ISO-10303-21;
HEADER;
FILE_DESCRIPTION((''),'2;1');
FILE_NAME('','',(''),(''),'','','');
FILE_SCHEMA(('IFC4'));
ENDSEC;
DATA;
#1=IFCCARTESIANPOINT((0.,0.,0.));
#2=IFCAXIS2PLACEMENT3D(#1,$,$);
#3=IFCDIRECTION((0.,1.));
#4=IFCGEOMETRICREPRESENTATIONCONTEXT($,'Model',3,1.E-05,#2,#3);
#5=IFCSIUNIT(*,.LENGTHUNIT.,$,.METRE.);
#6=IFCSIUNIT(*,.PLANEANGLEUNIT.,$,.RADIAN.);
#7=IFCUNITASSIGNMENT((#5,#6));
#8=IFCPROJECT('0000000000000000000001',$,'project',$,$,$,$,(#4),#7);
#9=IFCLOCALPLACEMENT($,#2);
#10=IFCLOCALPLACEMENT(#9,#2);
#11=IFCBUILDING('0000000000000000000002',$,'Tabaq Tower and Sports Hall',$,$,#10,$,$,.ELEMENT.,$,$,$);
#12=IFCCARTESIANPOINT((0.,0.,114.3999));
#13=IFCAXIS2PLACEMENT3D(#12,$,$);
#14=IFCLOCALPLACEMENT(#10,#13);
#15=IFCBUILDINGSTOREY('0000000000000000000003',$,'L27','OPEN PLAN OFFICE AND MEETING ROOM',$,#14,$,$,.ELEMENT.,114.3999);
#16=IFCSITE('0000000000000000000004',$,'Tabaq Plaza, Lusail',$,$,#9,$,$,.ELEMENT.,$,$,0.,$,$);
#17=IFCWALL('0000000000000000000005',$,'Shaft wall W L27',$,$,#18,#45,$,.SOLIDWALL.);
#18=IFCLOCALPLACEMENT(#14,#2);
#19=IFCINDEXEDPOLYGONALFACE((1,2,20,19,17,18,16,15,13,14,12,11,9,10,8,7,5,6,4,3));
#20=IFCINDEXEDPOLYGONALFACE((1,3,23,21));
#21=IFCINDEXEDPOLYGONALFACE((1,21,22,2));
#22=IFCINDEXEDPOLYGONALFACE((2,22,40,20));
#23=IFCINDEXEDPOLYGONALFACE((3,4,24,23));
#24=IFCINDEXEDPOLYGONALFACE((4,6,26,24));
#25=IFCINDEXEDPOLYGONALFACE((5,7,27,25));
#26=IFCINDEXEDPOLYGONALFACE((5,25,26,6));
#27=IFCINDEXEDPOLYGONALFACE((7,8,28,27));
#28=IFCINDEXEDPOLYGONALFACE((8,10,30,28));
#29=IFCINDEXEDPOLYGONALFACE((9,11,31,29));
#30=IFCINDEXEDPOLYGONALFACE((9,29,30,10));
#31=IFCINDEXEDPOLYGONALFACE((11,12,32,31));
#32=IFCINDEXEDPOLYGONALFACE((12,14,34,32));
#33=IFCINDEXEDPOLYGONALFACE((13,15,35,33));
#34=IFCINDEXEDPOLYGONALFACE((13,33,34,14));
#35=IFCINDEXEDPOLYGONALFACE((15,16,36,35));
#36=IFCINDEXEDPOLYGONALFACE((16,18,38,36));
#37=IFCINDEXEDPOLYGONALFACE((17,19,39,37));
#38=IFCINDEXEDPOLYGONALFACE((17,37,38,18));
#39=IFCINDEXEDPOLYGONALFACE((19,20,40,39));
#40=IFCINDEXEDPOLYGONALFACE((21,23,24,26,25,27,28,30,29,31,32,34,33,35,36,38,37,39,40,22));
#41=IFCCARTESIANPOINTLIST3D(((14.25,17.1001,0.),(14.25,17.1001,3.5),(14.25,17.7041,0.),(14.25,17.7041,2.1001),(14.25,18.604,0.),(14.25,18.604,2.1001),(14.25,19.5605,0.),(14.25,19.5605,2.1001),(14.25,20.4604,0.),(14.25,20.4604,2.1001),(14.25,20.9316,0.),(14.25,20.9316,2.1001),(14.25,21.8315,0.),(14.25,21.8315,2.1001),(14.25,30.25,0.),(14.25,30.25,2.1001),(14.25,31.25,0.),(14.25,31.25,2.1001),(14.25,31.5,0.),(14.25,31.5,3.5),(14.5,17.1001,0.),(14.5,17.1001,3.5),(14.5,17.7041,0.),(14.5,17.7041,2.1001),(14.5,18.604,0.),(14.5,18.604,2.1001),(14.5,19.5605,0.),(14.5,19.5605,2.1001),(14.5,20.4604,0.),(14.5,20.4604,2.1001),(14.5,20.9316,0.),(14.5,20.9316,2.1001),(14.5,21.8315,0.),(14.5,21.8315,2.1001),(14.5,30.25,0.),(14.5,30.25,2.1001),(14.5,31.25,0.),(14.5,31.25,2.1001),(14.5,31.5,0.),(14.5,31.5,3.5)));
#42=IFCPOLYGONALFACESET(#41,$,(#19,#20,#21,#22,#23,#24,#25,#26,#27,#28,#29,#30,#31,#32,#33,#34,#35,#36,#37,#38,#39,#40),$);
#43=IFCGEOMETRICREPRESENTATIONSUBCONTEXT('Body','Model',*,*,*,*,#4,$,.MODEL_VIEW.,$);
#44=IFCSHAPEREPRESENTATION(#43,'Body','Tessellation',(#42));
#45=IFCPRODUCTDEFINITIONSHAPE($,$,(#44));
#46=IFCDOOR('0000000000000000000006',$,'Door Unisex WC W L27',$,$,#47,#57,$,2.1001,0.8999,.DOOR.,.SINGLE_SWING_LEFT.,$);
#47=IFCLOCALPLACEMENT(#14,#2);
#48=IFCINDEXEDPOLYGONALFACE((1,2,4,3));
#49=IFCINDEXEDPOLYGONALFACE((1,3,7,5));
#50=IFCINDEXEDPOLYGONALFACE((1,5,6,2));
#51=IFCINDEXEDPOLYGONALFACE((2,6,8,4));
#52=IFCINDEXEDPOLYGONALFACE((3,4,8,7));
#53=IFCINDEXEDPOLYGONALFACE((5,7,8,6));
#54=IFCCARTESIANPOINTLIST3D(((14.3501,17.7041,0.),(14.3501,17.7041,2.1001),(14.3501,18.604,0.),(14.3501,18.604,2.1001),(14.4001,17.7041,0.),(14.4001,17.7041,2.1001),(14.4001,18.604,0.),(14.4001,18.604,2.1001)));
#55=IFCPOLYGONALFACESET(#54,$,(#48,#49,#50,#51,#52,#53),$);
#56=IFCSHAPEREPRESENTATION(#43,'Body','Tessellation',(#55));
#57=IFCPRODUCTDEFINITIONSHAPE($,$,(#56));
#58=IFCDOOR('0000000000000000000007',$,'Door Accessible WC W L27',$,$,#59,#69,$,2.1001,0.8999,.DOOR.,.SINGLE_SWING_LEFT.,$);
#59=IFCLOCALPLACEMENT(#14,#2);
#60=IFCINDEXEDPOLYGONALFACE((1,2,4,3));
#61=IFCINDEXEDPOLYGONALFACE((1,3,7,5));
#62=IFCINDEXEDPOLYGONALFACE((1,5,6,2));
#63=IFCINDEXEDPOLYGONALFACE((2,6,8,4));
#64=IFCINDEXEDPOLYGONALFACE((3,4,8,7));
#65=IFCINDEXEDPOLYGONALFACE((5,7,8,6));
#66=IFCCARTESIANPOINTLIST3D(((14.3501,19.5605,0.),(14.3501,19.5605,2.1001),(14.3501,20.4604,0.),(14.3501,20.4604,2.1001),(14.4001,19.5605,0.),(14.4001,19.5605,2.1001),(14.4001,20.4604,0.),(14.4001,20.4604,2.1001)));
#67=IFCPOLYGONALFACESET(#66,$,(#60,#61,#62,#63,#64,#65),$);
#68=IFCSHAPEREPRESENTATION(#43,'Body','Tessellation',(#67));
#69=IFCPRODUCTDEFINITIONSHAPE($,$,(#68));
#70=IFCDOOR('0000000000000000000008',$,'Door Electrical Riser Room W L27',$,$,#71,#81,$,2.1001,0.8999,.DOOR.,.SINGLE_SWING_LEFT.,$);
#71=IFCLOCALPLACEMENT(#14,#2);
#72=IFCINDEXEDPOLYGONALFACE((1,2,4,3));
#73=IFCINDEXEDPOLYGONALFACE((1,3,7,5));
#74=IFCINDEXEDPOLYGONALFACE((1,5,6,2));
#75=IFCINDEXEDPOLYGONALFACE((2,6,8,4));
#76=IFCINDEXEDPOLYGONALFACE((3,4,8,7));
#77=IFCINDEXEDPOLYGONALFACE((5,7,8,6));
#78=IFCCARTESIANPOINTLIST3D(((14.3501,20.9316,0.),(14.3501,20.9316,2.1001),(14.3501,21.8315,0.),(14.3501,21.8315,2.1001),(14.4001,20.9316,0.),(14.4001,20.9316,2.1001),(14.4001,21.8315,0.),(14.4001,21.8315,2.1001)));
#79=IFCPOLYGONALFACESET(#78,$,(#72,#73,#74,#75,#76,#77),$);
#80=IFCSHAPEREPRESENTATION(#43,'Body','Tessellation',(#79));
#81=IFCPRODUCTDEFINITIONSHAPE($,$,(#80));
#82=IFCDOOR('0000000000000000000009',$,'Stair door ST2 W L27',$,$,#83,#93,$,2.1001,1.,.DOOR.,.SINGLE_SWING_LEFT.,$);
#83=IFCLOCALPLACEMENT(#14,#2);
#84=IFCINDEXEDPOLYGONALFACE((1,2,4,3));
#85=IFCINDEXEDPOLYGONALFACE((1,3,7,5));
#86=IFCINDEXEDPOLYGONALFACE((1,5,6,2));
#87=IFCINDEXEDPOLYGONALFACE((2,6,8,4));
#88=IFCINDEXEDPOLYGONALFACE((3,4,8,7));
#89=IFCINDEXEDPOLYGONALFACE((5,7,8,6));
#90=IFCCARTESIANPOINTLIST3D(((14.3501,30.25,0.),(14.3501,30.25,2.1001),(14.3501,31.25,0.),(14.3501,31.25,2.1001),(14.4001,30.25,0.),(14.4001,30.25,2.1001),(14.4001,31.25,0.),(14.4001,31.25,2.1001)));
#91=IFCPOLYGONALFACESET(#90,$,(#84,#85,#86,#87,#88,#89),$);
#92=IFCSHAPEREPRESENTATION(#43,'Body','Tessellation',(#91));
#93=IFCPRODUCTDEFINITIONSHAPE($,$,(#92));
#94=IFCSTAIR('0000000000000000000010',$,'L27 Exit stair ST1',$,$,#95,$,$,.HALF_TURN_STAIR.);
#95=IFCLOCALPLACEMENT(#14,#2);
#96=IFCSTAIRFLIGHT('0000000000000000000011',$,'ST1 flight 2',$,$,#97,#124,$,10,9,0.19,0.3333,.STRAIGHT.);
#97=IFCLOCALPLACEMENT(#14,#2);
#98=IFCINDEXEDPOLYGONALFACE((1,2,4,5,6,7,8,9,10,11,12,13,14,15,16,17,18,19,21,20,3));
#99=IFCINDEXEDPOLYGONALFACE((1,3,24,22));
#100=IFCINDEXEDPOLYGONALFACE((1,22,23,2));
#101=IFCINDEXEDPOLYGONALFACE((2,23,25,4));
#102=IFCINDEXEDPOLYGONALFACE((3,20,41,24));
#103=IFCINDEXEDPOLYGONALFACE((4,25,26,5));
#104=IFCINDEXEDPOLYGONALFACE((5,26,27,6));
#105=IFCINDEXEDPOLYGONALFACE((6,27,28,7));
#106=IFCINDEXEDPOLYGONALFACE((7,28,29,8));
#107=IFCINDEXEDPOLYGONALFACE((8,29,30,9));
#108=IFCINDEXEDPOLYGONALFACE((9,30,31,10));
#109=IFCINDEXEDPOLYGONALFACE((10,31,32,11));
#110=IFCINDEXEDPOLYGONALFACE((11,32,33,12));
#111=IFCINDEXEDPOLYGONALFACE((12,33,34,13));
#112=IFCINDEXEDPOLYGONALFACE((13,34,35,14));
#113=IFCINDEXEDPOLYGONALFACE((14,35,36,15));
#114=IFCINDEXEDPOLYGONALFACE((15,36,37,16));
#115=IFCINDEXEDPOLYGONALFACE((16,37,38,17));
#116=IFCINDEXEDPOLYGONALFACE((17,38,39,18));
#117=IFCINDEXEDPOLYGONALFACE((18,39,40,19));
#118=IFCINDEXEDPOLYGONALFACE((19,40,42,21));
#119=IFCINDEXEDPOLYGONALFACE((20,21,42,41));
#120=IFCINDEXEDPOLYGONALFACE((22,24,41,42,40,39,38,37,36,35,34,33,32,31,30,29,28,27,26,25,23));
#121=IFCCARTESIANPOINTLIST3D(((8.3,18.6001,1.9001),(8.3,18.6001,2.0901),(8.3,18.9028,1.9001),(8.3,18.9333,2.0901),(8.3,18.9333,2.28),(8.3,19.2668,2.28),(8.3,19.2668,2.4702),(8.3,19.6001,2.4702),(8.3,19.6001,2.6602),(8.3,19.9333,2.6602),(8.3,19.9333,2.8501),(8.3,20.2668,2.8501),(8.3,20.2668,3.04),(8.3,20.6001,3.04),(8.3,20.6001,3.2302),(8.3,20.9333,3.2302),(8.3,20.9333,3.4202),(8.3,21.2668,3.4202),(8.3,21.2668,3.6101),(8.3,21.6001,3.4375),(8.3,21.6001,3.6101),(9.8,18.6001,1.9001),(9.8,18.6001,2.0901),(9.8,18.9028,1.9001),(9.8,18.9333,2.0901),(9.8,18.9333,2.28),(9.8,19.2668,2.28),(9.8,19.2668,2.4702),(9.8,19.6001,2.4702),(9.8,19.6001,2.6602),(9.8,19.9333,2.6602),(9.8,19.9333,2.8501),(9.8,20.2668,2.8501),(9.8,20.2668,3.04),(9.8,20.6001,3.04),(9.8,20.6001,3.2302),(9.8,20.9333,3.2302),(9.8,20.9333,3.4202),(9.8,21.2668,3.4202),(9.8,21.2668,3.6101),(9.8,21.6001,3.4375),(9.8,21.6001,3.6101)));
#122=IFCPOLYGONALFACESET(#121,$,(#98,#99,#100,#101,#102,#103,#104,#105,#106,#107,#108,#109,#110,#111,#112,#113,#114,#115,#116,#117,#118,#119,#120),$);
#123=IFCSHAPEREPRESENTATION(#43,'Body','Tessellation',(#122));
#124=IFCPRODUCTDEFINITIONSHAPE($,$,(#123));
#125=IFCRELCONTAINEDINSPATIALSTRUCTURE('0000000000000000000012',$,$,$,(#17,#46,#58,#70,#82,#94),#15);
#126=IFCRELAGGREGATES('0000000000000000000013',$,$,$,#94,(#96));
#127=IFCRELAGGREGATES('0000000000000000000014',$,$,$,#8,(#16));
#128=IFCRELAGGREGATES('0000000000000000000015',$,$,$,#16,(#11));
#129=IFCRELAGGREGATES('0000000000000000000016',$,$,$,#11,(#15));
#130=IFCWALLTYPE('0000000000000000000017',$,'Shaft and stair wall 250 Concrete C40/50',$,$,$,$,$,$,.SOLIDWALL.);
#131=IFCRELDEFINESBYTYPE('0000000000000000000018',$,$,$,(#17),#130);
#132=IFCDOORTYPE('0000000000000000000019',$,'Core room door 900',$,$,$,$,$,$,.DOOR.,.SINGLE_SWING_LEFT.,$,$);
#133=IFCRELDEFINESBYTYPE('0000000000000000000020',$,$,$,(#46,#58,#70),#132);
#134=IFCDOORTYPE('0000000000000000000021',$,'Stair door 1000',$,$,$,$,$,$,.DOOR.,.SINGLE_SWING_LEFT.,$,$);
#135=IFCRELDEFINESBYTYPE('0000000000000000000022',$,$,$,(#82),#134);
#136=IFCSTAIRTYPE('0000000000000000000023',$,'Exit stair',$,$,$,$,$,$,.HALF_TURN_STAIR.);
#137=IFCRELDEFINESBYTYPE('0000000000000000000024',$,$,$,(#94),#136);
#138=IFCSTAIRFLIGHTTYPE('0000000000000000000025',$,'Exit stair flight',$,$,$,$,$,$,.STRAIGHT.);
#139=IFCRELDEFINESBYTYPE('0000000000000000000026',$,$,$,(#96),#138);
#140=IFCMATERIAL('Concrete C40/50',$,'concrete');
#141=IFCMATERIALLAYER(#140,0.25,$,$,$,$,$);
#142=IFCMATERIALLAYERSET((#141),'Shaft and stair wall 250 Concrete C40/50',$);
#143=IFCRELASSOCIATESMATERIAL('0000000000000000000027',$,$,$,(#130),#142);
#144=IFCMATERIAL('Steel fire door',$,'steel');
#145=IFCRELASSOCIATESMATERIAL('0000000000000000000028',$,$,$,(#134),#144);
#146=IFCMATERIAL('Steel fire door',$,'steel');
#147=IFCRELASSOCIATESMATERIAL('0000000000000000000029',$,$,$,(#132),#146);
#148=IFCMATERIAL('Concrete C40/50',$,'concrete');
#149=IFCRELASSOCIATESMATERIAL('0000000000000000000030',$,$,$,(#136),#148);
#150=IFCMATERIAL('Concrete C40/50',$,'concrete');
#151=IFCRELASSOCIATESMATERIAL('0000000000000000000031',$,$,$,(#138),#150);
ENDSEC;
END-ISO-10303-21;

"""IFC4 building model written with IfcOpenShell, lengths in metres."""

from ifc_helpers import new_model, si_unit, direction, frame, frame_2d, origin, place, context, subcontext, project, spatial, polyline, rectangle, outline, extrude, material, layer, layer_set, type_object, element, fill, aggregate, save


model = new_model("IFC4")

# Units and contexts
model_context = context("Model", 3, precision=1e-05, world=origin(), true_north=direction((0.0, 1.0)))
body_context = subcontext(model_context, "Body", "Model", "MODEL_VIEW")
ifc_project = project(units=[si_unit("LENGTHUNIT", "METRE"), si_unit("PLANEANGLEUNIT", "RADIAN")], contexts=[model_context])

# Site, building, storey
site_placement = place(None, origin())
site = spatial("IfcSite", under=ifc_project, at=site_placement, Name="Tabaq Plaza, Lusail", CompositionType="ELEMENT", RefElevation=0.0)
building_placement = place(site_placement, origin())
building = spatial("IfcBuilding", under=site, at=building_placement, Name="Tabaq Tower and Sports Hall", CompositionType="ELEMENT")
storey_placement = place(building_placement, frame((0.0, 0.0, 114.3999)))
storey = spatial("IfcBuildingStorey", under=building, at=storey_placement, Name="L27", Description="OPEN PLAN OFFICE AND MEETING ROOM", CompositionType="ELEMENT", Elevation=114.3999)

# Wall, openings, doors
ifc_material_1 = material(Name="Concrete C40/50", Category="concrete")
ifc_layer_1 = layer(ifc_material_1, 0.25)
ifc_layer_set_1 = layer_set([ifc_layer_1], Name="Shaft and stair wall 250 Concrete C40/50")
wall_type_1 = type_object("IfcWallType", Name="Shaft and stair wall 250 Concrete C40/50", PredefinedType="SOLIDWALL", material=ifc_layer_set_1)
ifc_material_2 = material(Name="Steel fire door", Category="steel")
door_type_1 = type_object("IfcDoorType", Name="Stair door 1000", OperationType="SINGLE_SWING_LEFT", PredefinedType="DOOR", material=ifc_material_2)
wall_1_placement = place(storey_placement, frame((14.375, 17.1001, 0.0), z_axis=(0.0, 0.0, 1.0), x_axis=(0.0, 1.0, 0.0)))
wall_1 = element("IfcWall", 1, at=wall_1_placement, inside=storey, type_object=wall_type_1, Name="Shaft wall W L27", PredefinedType="SOLIDWALL", context=body_context, shape_type="SweptSolid", body=[
    extrude(rectangle(XDim=14.3999, YDim=0.25, at=frame_2d((7.2, 0.0))), origin(), (0.0, 0.0, 1.0), 3.5),
])
opening_1_placement = place(wall_1_placement, frame((13.1499, 0.0, 0.0)))
opening_1 = element("IfcOpeningElement", 2, at=opening_1_placement, cuts=wall_1, PredefinedType="OPENING", context=body_context, shape_type="SweptSolid", body=[
    extrude(rectangle(XDim=1.0, YDim=2.1001, at=frame_2d((0.5, 1.05))), frame((0.0, 0.125, 0.0), z_axis=(0.0, -1.0, 0.0), x_axis=(1.0, 0.0, 0.0)), (0.0, 0.0, 1.0), 0.25),
])
opening_2_placement = place(wall_1_placement, frame((0.604, 0.0, 0.0)))
opening_2 = element("IfcOpeningElement", 3, at=opening_2_placement, cuts=wall_1, PredefinedType="OPENING", context=body_context, shape_type="SweptSolid", body=[
    extrude(rectangle(XDim=0.8999, YDim=2.1001, at=frame_2d((0.45, 1.05))), frame((0.0, 0.125, 0.0), z_axis=(0.0, -1.0, 0.0), x_axis=(1.0, 0.0, 0.0)), (0.0, 0.0, 1.0), 0.25),
])
opening_3_placement = place(wall_1_placement, frame((2.4604, 0.0, 0.0)))
opening_3 = element("IfcOpeningElement", 4, at=opening_3_placement, cuts=wall_1, PredefinedType="OPENING", context=body_context, shape_type="SweptSolid", body=[
    extrude(rectangle(XDim=0.8999, YDim=2.1001, at=frame_2d((0.45, 1.05))), frame((0.0, 0.125, 0.0), z_axis=(0.0, -1.0, 0.0), x_axis=(1.0, 0.0, 0.0)), (0.0, 0.0, 1.0), 0.25),
])
opening_4_placement = place(wall_1_placement, frame((3.8315, 0.0, 0.0)))
opening_4 = element("IfcOpeningElement", 5, at=opening_4_placement, cuts=wall_1, PredefinedType="OPENING", context=body_context, shape_type="SweptSolid", body=[
    extrude(rectangle(XDim=0.8999, YDim=2.1001, at=frame_2d((0.45, 1.05))), frame((0.0, 0.125, 0.0), z_axis=(0.0, -1.0, 0.0), x_axis=(1.0, 0.0, 0.0)), (0.0, 0.0, 1.0), 0.25),
])
ifc_material_3 = material(Name="Steel fire door", Category="steel")
door_type_2 = type_object("IfcDoorType", Name="Core room door 900", OperationType="SINGLE_SWING_LEFT", PredefinedType="DOOR", material=ifc_material_3)
door_1_placement = place(opening_2_placement, origin())
door_1 = element("IfcDoor", 6, at=door_1_placement, inside=storey, type_object=door_type_2, Name="Door Unisex WC W L27", OperationType="SINGLE_SWING_LEFT", OverallHeight=2.1001, OverallWidth=0.8999, PredefinedType="DOOR", context=body_context, shape_type="SweptSolid", body=[
    extrude(rectangle(XDim=0.8999, YDim=2.1001, at=frame_2d((0.45, 1.05))), frame((0.0, 0.0249, 0.0), z_axis=(0.0, -1.0, 0.0), x_axis=(1.0, 0.0, 0.0)), (0.0, 0.0, 1.0), 0.05),
])
fill(opening_2, door_1)
door_2_placement = place(opening_3_placement, origin())
door_2 = element("IfcDoor", 7, at=door_2_placement, inside=storey, type_object=door_type_2, Name="Door Accessible WC W L27", OperationType="SINGLE_SWING_LEFT", OverallHeight=2.1001, OverallWidth=0.8999, PredefinedType="DOOR", context=body_context, shape_type="SweptSolid", body=[
    extrude(rectangle(XDim=0.8999, YDim=2.1001, at=frame_2d((0.45, 1.05))), frame((0.0, 0.0249, 0.0), z_axis=(0.0, -1.0, 0.0), x_axis=(1.0, 0.0, 0.0)), (0.0, 0.0, 1.0), 0.05),
])
fill(opening_3, door_2)
door_3_placement = place(opening_4_placement, origin())
door_3 = element("IfcDoor", 8, at=door_3_placement, inside=storey, type_object=door_type_2, Name="Door Electrical Riser Room W L27", OperationType="SINGLE_SWING_LEFT", OverallHeight=2.1001, OverallWidth=0.8999, PredefinedType="DOOR", context=body_context, shape_type="SweptSolid", body=[
    extrude(rectangle(XDim=0.8999, YDim=2.1001, at=frame_2d((0.45, 1.05))), frame((0.0, 0.0249, 0.0), z_axis=(0.0, -1.0, 0.0), x_axis=(1.0, 0.0, 0.0)), (0.0, 0.0, 1.0), 0.05),
])
fill(opening_4, door_3)
door_4_placement = place(opening_1_placement, origin())
door_4 = element("IfcDoor", 9, at=door_4_placement, inside=storey, type_object=door_type_1, Name="Stair door ST2 W L27", OperationType="SINGLE_SWING_LEFT", OverallHeight=2.1001, OverallWidth=1.0, PredefinedType="DOOR", context=body_context, shape_type="SweptSolid", body=[
    extrude(rectangle(XDim=1.0, YDim=2.1001, at=frame_2d((0.5, 1.05))), frame((0.0, 0.0249, 0.0), z_axis=(0.0, -1.0, 0.0), x_axis=(1.0, 0.0, 0.0)), (0.0, 0.0, 1.0), 0.05),
])
fill(opening_1, door_4)

# Stair, stair flight
ifc_material_4 = material(Name="Concrete C40/50", Category="concrete")
stair_type = type_object("IfcStairType", Name="Exit stair", PredefinedType="HALF_TURN_STAIR", material=ifc_material_4)
stair_placement = place(storey_placement, origin())
stair = element("IfcStair", 10, at=stair_placement, inside=storey, type_object=stair_type, Name="L27 Exit stair ST1", PredefinedType="HALF_TURN_STAIR")
ifc_material_5 = material(Name="Concrete C40/50", Category="concrete")
stair_flight_type = type_object("IfcStairFlightType", Name="Exit stair flight", PredefinedType="STRAIGHT", material=ifc_material_5)
stair_flight_placement = place(storey_placement, frame((9.05, 18.6001, 1.9001), z_axis=(0.0, 0.0, 1.0), x_axis=(0.0, 1.0, 0.0)))
stair_flight = element("IfcStairFlight", 11, at=stair_flight_placement, type_object=stair_flight_type, Name="ST1 flight 2", NumberOfRisers=10, NumberOfTreads=9, PredefinedType="STRAIGHT", RiserHeight=0.19, TreadLength=0.3333, context=body_context, shape_type="SweptSolid", body=[
    extrude(outline(polyline([(0.0, 0.0), (0.0, 0.1899), (0.3333, 0.1899), (0.3333, 0.3799), (0.6667, 0.3799), (0.6667, 0.5701), (1.0, 0.5701), (1.0, 0.76), (1.3333, 0.76), (1.3333, 0.95), (1.6667, 0.95), (1.6667, 1.1399), (2.0, 1.1399), (2.0, 1.3301), (2.3333, 1.3301), (2.3333, 1.52), (2.6667, 1.52), (2.6667, 1.71), (3.0, 1.71), (3.0, 1.8999), (3.0, 1.5374), (0.3027, 0.0), (0.0, 0.0)])), frame((0.0, 0.75, 0.0), z_axis=(0.0, -1.0, 0.0), x_axis=(1.0, 0.0, 0.0)), (0.0, 0.0, 1.0), 1.5),
])
aggregate(stair, [stair_flight])

save(model, "model.ifc")
